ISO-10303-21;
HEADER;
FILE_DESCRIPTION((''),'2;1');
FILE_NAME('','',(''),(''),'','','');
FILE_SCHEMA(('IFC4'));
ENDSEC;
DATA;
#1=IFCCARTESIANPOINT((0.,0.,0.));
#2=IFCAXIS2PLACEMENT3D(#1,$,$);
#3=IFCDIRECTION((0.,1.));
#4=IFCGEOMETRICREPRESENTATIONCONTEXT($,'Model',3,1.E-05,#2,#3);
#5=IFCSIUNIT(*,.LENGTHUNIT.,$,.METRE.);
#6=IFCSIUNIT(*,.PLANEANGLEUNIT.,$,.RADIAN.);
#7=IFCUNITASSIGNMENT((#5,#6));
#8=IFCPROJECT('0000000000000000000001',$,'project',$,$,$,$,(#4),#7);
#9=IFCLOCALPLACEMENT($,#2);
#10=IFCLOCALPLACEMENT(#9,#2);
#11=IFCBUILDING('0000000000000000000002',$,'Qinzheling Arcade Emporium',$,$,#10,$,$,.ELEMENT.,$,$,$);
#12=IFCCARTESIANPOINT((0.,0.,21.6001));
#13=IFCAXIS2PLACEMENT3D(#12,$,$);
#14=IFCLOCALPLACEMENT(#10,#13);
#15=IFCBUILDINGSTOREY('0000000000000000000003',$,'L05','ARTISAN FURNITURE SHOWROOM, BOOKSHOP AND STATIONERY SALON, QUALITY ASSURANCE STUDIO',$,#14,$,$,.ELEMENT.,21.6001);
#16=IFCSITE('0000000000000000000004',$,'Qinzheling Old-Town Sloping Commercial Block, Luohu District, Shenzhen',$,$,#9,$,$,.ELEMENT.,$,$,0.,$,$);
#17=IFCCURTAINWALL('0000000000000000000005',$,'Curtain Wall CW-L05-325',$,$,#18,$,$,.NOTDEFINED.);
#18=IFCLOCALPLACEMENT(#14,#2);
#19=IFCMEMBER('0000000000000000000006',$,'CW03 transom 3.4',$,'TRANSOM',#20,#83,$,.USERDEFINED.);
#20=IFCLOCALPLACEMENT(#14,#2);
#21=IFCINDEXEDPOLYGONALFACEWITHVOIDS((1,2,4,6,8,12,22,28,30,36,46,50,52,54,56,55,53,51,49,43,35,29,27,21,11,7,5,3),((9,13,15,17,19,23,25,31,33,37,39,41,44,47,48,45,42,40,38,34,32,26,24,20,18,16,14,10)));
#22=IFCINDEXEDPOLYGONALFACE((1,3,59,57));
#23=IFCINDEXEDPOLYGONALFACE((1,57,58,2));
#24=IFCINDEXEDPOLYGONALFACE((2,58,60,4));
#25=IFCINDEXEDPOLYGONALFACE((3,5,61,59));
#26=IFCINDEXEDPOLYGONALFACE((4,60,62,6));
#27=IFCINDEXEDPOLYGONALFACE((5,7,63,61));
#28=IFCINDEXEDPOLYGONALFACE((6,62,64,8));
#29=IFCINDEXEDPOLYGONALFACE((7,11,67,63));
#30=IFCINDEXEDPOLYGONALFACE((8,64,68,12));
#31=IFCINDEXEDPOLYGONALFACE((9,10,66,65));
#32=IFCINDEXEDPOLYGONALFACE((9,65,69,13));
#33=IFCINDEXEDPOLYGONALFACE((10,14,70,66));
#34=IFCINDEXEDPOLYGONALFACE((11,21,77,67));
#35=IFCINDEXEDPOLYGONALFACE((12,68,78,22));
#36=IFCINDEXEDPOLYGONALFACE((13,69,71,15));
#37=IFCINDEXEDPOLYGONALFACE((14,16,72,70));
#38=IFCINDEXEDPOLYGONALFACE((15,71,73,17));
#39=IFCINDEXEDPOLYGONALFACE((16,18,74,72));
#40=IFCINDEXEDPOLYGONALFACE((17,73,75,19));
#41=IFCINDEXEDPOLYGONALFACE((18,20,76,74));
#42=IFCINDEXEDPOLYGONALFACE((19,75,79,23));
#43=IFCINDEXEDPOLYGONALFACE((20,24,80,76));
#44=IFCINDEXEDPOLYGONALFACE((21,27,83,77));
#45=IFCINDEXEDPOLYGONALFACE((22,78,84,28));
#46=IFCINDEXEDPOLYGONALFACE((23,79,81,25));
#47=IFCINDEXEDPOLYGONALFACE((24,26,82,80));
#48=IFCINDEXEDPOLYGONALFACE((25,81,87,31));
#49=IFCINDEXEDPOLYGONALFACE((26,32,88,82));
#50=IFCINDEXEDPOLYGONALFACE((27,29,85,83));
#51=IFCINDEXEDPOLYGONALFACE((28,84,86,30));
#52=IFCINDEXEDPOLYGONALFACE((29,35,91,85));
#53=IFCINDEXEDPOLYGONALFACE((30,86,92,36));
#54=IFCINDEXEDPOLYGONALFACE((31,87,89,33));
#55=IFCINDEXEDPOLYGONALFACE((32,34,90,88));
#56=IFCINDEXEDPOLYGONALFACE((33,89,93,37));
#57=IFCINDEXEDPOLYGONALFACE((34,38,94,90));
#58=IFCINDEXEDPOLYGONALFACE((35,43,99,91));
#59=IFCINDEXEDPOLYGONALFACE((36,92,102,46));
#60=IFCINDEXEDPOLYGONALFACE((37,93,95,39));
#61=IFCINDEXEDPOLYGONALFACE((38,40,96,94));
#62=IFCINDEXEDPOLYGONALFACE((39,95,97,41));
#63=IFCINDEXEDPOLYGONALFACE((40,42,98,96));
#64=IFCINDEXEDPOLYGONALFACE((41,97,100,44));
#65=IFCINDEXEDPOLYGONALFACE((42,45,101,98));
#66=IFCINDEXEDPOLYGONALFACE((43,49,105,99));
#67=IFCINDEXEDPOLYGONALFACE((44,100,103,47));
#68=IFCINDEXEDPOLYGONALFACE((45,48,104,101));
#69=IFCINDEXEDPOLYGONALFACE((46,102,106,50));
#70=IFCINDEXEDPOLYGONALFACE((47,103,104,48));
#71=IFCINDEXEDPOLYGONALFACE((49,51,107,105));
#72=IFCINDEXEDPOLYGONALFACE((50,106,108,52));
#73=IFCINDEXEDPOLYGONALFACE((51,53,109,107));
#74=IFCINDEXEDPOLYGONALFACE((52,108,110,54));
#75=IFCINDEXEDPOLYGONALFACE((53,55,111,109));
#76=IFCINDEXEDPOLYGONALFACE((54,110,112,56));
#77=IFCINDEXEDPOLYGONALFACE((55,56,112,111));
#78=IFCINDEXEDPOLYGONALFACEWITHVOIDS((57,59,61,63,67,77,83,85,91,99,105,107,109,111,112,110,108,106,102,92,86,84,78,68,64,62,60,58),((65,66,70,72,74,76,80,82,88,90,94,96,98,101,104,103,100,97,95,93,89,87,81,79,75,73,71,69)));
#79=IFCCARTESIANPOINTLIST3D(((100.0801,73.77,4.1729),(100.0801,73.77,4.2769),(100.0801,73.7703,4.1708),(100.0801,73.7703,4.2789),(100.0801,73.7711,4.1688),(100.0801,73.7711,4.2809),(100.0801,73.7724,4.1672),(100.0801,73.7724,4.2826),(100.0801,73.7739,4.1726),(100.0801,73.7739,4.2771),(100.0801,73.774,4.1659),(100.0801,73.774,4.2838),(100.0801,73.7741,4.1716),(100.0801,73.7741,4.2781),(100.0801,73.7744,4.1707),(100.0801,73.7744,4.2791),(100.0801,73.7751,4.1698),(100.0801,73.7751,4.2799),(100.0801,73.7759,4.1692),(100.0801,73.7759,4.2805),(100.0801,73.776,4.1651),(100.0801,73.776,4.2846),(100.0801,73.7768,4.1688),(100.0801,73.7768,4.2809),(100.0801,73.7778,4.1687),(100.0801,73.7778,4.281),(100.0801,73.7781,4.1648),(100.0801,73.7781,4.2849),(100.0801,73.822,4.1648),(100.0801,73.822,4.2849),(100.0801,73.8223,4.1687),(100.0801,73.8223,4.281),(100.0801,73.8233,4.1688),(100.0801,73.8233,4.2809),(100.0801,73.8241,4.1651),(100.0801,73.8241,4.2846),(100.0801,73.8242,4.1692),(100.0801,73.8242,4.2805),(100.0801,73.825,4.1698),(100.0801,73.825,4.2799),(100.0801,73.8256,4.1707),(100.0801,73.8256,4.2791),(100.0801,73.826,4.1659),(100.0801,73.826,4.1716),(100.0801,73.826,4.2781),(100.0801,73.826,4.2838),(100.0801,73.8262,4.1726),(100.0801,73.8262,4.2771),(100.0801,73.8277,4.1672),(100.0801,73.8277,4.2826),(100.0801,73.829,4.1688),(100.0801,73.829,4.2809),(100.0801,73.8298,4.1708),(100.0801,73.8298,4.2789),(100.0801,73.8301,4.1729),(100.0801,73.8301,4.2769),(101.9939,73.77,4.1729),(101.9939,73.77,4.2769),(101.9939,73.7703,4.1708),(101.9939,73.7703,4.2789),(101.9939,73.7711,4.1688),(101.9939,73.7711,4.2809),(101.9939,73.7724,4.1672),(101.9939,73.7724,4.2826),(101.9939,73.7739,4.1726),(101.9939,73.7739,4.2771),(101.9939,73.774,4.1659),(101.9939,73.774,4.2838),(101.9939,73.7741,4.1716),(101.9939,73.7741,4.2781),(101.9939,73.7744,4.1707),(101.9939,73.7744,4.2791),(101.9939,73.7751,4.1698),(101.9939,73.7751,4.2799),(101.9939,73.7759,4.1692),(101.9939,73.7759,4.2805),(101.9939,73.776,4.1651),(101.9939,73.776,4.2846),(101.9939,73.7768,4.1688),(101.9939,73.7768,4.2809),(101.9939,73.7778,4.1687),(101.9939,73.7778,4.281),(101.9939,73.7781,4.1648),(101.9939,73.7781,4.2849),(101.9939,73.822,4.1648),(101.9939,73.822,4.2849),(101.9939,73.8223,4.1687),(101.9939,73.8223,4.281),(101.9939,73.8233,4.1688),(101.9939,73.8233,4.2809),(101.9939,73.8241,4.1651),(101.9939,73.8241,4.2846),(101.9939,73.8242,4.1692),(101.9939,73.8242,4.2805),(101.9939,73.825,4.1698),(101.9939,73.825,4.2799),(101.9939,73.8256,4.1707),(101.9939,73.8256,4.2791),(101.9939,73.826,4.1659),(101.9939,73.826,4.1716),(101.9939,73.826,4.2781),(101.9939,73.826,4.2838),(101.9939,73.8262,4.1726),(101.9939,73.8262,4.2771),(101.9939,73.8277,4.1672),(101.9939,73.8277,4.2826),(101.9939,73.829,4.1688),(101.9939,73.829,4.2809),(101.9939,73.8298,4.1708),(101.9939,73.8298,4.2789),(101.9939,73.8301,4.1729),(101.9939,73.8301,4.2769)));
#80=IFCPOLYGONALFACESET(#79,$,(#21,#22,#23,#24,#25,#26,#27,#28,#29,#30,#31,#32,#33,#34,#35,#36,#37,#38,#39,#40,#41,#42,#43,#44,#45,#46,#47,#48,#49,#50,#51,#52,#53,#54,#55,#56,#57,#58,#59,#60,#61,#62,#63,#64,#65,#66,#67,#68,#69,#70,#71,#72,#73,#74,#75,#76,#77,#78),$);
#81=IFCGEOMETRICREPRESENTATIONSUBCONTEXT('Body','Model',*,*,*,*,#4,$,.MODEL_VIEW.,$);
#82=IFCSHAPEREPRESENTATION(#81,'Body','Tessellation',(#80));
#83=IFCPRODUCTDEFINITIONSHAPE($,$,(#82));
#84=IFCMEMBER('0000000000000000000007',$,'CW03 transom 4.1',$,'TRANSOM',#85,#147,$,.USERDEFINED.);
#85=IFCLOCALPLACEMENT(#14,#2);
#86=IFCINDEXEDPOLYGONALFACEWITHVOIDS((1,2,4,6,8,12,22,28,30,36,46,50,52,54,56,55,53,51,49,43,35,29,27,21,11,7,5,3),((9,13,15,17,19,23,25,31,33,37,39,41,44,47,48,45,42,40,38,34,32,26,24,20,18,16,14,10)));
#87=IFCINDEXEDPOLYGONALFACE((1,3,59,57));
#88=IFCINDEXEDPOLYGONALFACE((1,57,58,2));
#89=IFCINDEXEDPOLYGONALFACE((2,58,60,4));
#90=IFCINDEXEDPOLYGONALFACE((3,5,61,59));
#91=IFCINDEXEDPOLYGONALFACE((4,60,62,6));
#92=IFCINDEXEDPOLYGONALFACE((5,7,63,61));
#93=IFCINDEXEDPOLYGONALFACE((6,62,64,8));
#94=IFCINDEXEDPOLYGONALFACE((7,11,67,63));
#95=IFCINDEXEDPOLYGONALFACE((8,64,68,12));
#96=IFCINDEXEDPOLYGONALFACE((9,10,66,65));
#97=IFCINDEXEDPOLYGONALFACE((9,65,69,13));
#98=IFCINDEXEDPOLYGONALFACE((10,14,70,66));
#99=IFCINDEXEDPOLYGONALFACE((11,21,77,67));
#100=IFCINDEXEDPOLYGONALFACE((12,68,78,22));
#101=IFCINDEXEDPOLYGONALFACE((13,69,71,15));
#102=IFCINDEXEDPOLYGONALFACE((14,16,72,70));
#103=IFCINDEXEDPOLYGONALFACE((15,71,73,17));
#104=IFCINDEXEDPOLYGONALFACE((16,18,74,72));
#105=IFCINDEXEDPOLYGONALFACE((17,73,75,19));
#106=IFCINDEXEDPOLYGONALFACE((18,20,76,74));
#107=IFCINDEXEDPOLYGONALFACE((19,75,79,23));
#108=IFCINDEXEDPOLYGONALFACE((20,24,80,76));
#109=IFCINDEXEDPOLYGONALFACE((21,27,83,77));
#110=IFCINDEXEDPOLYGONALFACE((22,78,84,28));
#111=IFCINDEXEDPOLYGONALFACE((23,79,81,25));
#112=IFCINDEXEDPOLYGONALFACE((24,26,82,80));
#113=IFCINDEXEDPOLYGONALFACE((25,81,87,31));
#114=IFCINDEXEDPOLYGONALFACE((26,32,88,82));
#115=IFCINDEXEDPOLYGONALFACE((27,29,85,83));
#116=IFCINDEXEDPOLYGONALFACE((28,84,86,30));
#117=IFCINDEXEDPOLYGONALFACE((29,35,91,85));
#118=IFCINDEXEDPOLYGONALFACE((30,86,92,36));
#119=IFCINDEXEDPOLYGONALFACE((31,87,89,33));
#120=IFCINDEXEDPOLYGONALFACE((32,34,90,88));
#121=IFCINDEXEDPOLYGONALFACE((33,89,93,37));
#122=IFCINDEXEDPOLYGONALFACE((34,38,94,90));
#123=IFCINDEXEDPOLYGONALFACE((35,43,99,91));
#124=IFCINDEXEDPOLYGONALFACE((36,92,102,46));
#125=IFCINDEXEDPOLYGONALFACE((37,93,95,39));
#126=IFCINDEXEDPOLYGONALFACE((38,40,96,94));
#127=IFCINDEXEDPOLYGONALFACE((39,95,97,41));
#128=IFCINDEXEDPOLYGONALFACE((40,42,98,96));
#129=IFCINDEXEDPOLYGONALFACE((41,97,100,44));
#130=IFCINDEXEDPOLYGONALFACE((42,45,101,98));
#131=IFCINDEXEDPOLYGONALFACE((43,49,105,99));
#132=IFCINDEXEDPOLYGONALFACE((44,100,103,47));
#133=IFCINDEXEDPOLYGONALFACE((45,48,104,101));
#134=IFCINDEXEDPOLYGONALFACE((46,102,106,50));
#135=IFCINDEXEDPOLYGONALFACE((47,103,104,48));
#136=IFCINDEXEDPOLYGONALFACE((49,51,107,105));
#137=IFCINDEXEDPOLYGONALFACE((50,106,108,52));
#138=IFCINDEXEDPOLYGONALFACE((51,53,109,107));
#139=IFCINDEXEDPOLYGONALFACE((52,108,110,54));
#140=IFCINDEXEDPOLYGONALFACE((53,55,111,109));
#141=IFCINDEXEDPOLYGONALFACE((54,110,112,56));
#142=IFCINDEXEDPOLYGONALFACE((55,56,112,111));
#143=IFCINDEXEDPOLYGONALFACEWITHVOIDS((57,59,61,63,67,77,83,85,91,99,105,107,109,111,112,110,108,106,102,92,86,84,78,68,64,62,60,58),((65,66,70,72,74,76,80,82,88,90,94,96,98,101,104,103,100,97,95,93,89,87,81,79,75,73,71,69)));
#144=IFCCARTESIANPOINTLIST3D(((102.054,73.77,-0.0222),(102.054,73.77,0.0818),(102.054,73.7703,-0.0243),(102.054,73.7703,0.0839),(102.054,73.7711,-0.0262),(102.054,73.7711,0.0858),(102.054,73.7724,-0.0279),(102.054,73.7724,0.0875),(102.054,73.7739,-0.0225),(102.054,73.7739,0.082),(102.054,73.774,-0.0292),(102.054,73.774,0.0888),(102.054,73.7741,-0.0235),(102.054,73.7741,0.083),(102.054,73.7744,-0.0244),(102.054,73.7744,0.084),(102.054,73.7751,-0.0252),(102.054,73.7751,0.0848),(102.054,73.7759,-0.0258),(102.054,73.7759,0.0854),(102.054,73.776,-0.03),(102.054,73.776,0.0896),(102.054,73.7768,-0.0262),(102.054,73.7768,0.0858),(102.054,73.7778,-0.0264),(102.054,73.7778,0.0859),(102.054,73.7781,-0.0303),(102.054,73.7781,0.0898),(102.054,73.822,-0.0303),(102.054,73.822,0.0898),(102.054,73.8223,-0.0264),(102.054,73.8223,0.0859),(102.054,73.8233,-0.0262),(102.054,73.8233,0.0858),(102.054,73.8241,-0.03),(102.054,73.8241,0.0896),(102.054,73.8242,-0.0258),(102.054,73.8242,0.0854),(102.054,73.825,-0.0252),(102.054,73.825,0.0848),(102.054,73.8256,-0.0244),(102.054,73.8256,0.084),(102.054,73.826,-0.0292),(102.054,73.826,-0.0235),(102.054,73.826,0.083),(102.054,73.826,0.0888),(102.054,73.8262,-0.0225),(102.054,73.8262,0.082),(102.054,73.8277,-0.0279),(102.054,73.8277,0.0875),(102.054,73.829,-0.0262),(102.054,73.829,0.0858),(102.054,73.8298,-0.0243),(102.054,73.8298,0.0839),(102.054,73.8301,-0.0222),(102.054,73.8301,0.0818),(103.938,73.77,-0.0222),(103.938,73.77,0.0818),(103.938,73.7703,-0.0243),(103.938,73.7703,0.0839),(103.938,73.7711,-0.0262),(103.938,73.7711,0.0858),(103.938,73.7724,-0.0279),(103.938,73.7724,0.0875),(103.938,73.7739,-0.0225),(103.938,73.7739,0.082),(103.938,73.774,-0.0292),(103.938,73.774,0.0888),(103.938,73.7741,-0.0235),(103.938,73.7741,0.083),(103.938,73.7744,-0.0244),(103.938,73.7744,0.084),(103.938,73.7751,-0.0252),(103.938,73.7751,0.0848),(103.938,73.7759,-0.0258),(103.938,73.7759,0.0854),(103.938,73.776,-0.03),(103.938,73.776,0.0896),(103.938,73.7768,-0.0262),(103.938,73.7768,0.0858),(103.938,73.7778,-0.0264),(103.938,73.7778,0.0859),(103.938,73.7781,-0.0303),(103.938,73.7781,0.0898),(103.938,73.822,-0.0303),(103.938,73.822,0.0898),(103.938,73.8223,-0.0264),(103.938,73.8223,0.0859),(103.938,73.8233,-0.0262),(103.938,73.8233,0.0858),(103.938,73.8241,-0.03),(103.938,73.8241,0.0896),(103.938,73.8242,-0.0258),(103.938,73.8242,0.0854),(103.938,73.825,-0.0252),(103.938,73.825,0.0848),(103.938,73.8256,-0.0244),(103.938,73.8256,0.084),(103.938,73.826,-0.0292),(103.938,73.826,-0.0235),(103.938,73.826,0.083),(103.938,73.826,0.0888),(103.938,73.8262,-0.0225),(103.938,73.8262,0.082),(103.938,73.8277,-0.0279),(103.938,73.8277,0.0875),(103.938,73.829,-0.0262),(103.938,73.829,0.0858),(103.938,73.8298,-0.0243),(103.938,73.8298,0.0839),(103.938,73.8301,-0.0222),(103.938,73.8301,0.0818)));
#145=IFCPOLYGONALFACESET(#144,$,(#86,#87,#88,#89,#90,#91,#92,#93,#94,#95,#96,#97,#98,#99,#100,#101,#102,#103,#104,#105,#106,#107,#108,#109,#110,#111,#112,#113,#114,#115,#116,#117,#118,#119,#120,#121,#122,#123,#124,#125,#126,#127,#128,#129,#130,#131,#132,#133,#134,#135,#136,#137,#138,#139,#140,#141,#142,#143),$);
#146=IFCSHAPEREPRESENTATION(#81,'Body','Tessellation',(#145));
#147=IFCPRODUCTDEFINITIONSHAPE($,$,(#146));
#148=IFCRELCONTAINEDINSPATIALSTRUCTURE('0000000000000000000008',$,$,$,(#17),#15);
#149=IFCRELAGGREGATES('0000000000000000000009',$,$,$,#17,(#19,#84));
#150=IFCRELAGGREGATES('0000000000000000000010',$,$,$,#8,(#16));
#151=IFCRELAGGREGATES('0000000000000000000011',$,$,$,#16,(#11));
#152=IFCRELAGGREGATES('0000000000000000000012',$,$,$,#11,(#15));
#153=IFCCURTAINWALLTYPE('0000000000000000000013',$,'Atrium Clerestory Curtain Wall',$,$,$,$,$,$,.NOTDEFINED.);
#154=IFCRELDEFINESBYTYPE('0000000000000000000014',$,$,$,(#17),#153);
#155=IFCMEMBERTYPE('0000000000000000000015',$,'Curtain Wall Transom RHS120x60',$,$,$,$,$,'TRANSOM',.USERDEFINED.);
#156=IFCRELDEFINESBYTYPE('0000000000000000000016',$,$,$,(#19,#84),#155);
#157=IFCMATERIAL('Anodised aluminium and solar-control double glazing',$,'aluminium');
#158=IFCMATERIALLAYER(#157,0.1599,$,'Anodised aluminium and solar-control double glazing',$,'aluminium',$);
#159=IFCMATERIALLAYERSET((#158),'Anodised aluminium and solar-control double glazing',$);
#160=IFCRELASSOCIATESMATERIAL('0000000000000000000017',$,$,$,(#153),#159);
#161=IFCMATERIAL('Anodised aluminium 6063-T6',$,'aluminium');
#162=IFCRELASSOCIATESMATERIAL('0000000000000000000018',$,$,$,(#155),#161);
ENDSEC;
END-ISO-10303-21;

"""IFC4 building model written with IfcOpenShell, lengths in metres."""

from ifc_helpers import new_model, si_unit, direction, frame, origin, origin_2d, place, context, subcontext, project, spatial, hollow_rectangle, extrude, material, layer, layer_set, material_profile, profile_set, type_object, element, aggregate, save


model = new_model("IFC4")

# Units and contexts
model_context = context("Model", 3, precision=1e-05, world=origin(), true_north=direction((0.0, 1.0)))
body_context = subcontext(model_context, "Body", "Model", "MODEL_VIEW")
ifc_project = project(units=[si_unit("LENGTHUNIT", "METRE"), si_unit("PLANEANGLEUNIT", "RADIAN")], contexts=[model_context])

# Site, building, storey
site_placement = place(None, origin())
site = spatial("IfcSite", under=ifc_project, at=site_placement, Name="Qinzheling Old-Town Sloping Commercial Block, Luohu District, Shenzhen", CompositionType="ELEMENT", RefElevation=0.0)
building_placement = place(site_placement, origin())
building = spatial("IfcBuilding", under=site, at=building_placement, Name="Qinzheling Arcade Emporium", CompositionType="ELEMENT")
storey_placement = place(building_placement, frame((0.0, 0.0, 21.6001)))
storey = spatial("IfcBuildingStorey", under=building, at=storey_placement, Name="L05", Description="ARTISAN FURNITURE SHOWROOM, BOOKSHOP AND STATIONERY SALON, QUALITY ASSURANCE STUDIO", CompositionType="ELEMENT", Elevation=21.6001)

# Shared definitions
ifc_material_1 = material(Name="Anodised aluminium and solar-control double glazing", Category="aluminium")
ifc_layer_1 = layer(ifc_material_1, 0.1599, Name="Anodised aluminium and solar-control double glazing", Category="aluminium")
ifc_layer_set_1 = layer_set([ifc_layer_1], Name="Anodised aluminium and solar-control double glazing")
curtain_wall_type = type_object("IfcCurtainWallType", Name="Atrium Clerestory Curtain Wall", PredefinedType="NOTDEFINED", material=ifc_layer_set_1)
ifc_material_2 = material(Name="Anodised aluminium 6063-T6", Category="aluminium")

# Curtain wall, members
curtain_wall_1_placement = place(storey_placement, origin())
curtain_wall_1 = element("IfcCurtainWall", 1, at=curtain_wall_1_placement, inside=storey, type_object=curtain_wall_type, Name="Curtain Wall CW-L05-325", PredefinedType="NOTDEFINED")
ifc_material_profile_1 = material_profile(ifc_material_2, hollow_rectangle(XDim=0.0601, YDim=0.1201, WallThickness=0.0039, InnerFilletRadius=0.0039, OuterFilletRadius=0.0081, at=origin_2d()), Name="RHS 120x60x4", Category="aluminium")
ifc_profile_set_1 = profile_set([ifc_material_profile_1], Name="Anodised aluminium 6063-T6")
member_type_1 = type_object("IfcMemberType", Name="Curtain Wall Transom RHS120x60", ElementType="TRANSOM", PredefinedType="USERDEFINED", material=ifc_profile_set_1)
member_1_placement = place(storey_placement, frame((100.0801, 73.8, 4.2249), z_axis=(1.0, 0.0, 0.0), x_axis=(0.0, 1.0, 0.0)))
member_1 = element("IfcMember", 2, at=member_1_placement, type_object=member_type_1, Name="CW03 transom 3.4", ObjectType="TRANSOM", PredefinedType="USERDEFINED", context=body_context, shape_type="SweptSolid", body=[
    extrude(hollow_rectangle(XDim=0.0601, YDim=0.1201, WallThickness=0.0039, InnerFilletRadius=0.0039, OuterFilletRadius=0.0081, at=origin_2d()), origin(), (0.0, 0.0, 1.0), 1.9138),
])
member_2_placement = place(storey_placement, frame((102.054, 73.8, 0.0298), z_axis=(1.0, 0.0, 0.0), x_axis=(0.0, 1.0, 0.0)))
member_2 = element("IfcMember", 3, at=member_2_placement, type_object=member_type_1, Name="CW03 transom 4.1", ObjectType="TRANSOM", PredefinedType="USERDEFINED", context=body_context, shape_type="SweptSolid", body=[
    extrude(hollow_rectangle(XDim=0.0601, YDim=0.1201, WallThickness=0.0039, InnerFilletRadius=0.0039, OuterFilletRadius=0.0081, at=origin_2d()), origin(), (0.0, 0.0, 1.0), 1.884),
])

aggregate(curtain_wall_1, [member_1, member_2])

save(model, "model.ifc")
